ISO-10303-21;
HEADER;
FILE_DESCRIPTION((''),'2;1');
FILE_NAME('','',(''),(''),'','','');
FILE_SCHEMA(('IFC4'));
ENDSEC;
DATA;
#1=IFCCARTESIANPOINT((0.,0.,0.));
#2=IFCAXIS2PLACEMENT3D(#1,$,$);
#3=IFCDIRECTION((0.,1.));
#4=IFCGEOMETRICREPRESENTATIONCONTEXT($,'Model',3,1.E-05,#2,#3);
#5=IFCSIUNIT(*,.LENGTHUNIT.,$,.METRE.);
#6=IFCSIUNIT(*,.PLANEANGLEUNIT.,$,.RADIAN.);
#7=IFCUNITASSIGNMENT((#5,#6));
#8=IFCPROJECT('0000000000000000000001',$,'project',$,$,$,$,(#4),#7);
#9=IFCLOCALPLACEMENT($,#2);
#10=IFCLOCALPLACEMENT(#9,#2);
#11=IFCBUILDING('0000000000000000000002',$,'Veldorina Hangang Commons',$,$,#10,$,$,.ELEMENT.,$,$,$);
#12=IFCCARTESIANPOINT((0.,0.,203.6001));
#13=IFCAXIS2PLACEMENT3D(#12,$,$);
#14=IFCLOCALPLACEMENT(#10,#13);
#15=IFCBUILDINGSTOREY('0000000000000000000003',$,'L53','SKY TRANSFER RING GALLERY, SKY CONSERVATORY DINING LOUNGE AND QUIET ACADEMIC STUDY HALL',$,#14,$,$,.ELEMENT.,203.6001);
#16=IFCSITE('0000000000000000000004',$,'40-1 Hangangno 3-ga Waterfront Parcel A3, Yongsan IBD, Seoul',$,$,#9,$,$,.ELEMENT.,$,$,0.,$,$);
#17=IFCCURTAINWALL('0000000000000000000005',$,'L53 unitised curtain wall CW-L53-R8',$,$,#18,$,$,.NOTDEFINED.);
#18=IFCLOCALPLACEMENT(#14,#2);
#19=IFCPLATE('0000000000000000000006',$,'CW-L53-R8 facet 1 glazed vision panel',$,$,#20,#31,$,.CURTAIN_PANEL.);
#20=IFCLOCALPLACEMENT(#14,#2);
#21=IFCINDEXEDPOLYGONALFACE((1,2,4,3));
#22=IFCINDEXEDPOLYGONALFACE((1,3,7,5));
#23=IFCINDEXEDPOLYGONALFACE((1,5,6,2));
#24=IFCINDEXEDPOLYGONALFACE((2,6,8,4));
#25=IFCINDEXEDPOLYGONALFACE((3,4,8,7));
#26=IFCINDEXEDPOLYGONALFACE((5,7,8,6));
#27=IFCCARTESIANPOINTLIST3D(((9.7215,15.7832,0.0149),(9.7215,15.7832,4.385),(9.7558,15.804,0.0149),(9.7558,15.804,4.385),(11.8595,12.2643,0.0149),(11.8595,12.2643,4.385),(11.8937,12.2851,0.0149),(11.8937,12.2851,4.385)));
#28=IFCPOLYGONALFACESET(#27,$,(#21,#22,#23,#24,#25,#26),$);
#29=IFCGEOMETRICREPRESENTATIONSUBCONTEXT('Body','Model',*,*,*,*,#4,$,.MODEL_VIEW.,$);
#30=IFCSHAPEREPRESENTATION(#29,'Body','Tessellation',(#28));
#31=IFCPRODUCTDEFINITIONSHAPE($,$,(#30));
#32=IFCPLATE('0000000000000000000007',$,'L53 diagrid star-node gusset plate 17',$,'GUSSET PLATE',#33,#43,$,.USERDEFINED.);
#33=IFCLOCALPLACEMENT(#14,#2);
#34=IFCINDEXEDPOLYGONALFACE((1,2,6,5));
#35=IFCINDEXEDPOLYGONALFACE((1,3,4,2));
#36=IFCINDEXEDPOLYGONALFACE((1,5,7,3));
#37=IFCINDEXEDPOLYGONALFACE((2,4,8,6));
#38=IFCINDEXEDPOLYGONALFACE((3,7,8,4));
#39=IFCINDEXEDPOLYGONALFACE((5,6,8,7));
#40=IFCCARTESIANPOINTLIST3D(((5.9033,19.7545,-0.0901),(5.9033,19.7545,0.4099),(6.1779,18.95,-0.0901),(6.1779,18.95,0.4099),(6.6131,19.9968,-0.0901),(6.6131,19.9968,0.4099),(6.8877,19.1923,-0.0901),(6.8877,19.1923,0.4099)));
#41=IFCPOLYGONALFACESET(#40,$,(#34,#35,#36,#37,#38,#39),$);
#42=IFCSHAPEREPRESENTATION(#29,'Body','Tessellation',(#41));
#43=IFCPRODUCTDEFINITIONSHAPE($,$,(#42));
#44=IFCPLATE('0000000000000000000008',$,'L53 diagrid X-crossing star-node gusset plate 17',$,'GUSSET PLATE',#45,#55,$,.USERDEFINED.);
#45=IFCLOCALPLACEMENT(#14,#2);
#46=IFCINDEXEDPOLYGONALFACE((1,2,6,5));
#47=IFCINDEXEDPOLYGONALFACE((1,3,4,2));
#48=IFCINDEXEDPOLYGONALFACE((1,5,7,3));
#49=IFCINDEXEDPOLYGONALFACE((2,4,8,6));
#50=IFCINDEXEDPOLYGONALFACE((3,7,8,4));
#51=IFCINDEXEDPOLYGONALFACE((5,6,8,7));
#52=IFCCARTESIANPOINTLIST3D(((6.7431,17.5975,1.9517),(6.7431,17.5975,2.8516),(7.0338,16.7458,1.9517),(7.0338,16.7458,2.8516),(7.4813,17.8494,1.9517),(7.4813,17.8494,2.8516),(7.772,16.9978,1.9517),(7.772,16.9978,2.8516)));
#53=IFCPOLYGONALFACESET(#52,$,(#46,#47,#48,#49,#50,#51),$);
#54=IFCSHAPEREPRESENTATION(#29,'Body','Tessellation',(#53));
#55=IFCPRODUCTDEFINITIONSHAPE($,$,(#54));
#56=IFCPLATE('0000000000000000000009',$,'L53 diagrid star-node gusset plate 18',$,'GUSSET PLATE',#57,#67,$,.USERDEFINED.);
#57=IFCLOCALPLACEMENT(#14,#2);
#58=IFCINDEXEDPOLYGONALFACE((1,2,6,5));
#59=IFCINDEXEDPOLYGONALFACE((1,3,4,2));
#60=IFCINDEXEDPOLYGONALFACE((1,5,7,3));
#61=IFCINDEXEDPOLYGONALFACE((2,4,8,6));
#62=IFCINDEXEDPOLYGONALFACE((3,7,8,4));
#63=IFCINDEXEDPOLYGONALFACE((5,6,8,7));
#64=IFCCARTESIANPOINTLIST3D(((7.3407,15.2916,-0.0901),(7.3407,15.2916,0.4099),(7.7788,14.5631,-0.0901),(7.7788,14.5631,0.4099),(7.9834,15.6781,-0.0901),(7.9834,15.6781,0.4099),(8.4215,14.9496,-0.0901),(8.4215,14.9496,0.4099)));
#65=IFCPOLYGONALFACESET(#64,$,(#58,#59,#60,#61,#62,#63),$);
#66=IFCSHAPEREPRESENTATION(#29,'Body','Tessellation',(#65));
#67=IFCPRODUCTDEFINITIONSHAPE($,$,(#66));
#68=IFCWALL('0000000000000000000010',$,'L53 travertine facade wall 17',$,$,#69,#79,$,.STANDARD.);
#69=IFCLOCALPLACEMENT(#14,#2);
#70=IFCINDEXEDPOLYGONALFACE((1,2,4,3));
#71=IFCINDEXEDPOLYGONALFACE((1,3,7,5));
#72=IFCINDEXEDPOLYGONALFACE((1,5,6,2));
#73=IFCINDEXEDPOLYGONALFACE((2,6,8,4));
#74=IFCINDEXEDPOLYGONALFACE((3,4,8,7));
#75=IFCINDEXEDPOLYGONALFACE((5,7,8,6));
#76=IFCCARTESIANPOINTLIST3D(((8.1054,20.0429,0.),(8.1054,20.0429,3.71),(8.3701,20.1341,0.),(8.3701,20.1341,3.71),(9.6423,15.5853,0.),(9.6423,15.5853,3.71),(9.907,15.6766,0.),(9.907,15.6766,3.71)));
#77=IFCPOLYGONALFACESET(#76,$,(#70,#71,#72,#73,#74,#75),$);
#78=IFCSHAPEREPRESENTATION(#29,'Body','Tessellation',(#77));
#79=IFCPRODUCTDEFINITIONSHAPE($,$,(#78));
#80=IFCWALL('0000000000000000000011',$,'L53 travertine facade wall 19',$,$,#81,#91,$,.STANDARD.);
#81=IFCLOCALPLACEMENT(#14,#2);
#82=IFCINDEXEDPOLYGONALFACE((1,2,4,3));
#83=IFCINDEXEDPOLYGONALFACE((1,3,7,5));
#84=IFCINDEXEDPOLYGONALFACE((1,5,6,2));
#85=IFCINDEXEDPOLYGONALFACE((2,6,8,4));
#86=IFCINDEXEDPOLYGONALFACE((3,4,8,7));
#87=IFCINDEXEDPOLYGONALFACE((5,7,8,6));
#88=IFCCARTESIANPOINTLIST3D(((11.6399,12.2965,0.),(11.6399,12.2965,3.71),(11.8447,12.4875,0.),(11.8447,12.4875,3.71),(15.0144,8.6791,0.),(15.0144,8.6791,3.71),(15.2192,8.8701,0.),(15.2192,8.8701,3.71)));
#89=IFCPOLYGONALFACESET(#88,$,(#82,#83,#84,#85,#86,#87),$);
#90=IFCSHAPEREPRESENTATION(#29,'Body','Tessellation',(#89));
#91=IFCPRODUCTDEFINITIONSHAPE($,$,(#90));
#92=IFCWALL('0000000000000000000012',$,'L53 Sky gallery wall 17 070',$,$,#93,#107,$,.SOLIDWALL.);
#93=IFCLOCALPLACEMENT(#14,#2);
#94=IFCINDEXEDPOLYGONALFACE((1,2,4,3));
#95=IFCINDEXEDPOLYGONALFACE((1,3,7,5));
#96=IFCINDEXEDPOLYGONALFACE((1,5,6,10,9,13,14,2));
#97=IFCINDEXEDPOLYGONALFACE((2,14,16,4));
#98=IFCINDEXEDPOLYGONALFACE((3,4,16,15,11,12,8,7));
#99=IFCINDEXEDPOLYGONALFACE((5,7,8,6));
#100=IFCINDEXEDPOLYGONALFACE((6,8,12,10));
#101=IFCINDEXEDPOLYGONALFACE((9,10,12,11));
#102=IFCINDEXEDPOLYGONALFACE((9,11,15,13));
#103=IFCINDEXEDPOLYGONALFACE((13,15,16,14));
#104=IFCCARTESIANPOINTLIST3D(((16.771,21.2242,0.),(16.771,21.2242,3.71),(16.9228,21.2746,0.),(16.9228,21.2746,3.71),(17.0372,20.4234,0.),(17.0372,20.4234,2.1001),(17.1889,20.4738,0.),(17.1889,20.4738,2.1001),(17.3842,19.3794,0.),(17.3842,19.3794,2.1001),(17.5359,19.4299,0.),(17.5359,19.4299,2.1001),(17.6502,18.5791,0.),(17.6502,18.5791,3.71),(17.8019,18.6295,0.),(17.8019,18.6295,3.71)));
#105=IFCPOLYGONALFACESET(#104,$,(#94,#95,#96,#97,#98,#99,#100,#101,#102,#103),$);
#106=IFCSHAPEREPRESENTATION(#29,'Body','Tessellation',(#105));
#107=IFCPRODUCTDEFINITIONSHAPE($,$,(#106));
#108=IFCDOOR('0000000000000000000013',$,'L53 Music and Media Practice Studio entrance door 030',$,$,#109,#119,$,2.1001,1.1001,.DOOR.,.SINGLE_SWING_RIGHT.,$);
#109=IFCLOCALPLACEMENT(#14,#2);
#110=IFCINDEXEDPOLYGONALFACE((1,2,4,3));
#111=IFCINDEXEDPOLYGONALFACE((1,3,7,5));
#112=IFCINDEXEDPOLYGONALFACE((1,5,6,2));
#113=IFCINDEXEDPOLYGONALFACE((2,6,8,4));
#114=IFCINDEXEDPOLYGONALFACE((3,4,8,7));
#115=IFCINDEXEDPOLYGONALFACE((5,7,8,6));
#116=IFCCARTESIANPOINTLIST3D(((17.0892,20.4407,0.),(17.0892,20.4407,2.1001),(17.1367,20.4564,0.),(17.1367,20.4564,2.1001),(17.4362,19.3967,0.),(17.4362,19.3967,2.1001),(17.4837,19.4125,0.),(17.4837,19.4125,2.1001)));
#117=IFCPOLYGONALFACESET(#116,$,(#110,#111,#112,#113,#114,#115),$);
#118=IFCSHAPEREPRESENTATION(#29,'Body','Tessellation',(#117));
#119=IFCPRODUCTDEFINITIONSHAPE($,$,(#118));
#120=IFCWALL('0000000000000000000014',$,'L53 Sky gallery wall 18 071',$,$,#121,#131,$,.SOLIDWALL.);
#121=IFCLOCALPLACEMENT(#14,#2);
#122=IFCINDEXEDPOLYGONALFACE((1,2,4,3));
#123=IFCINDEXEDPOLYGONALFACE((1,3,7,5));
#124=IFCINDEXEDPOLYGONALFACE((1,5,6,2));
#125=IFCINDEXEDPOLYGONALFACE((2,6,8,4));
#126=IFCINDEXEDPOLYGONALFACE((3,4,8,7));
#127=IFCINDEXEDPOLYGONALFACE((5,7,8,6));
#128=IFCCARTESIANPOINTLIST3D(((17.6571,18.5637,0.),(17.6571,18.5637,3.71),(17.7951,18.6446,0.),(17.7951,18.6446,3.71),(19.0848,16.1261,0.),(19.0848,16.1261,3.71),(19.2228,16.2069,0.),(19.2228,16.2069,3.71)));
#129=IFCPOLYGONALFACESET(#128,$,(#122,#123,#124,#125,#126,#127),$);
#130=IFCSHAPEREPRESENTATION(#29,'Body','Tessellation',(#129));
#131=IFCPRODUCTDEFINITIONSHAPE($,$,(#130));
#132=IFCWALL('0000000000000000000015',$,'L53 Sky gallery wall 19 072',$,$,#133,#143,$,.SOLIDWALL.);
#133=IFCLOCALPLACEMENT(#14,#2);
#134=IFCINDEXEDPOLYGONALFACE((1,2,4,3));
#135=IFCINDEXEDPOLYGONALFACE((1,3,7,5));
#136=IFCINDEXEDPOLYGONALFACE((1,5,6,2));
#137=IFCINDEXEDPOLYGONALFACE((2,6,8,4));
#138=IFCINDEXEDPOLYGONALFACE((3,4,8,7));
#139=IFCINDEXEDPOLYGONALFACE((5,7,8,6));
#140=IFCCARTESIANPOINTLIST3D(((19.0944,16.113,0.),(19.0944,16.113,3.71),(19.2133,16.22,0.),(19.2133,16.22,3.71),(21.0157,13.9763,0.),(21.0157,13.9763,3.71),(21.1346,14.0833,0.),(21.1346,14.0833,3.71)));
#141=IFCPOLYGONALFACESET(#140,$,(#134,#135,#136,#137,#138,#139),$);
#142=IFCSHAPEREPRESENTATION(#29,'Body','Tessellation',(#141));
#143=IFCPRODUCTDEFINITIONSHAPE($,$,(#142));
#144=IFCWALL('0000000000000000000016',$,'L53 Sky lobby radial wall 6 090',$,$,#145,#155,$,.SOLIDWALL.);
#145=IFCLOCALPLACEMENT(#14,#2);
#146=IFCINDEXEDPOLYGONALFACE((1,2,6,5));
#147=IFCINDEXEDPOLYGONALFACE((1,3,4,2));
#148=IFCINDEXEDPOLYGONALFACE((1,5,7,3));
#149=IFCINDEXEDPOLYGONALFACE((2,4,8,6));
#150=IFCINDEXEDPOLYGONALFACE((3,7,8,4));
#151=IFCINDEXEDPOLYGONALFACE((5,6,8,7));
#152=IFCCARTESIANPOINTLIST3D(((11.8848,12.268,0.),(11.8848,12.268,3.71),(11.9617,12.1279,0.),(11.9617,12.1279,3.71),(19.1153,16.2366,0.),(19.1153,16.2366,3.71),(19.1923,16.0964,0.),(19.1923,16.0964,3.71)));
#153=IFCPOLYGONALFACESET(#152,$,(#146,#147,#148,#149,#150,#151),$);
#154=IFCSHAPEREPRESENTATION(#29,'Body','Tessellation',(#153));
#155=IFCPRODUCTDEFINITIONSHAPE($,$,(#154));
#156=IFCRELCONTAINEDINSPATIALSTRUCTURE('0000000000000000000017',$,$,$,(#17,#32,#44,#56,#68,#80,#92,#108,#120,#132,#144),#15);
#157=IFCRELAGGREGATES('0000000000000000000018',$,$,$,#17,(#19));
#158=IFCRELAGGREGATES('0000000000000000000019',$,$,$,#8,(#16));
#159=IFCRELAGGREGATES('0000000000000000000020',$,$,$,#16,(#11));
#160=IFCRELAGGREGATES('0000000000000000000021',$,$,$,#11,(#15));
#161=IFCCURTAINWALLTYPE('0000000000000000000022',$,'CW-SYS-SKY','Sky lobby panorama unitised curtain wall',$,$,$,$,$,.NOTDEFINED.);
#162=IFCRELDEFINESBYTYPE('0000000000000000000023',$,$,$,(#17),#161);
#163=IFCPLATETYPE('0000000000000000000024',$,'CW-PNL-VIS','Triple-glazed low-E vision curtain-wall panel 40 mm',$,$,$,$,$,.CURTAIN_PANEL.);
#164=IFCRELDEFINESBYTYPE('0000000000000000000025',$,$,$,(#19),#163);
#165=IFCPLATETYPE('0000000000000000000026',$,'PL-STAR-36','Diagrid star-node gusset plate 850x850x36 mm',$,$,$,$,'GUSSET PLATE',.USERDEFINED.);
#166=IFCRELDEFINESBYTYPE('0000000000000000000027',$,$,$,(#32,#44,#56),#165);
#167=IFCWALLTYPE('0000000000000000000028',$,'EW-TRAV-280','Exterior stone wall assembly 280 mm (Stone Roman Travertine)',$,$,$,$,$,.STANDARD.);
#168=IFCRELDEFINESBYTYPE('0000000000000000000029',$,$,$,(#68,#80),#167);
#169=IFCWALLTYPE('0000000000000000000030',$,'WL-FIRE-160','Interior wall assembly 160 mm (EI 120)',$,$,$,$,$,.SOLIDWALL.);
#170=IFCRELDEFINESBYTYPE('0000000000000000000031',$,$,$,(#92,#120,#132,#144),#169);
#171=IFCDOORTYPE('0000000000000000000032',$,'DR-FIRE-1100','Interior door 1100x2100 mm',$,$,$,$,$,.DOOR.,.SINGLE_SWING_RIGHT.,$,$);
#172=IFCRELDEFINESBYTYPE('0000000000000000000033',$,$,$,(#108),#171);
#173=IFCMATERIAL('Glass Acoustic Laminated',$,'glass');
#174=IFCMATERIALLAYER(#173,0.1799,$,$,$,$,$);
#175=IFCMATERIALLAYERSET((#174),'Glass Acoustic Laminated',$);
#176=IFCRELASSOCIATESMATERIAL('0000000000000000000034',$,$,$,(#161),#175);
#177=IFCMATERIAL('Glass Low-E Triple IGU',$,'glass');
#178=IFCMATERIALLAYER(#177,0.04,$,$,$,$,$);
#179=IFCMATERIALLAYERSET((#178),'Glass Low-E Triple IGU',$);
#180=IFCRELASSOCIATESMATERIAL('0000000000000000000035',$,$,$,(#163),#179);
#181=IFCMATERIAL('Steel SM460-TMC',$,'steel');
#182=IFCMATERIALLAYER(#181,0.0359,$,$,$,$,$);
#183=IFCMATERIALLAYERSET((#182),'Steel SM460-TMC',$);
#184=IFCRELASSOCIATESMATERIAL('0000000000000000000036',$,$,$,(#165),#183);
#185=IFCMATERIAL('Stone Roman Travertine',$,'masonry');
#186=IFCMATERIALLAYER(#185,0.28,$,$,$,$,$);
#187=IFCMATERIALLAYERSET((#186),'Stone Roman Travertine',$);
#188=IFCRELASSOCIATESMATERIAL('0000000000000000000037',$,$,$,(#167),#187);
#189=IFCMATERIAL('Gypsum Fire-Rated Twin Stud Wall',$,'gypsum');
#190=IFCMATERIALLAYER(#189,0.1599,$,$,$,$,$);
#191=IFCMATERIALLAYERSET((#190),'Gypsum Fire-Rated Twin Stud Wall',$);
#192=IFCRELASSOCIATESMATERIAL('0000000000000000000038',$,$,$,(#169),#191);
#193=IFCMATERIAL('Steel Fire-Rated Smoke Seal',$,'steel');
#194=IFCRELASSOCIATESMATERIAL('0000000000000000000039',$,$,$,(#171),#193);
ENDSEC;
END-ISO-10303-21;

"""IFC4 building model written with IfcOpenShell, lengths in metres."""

from ifc_helpers import new_model, si_unit, direction, frame, frame_2d, origin, origin_2d, place, context, subcontext, project, spatial, rectangle, extrude, material, layer, layer_set, type_object, element, fill, aggregate, save


model = new_model("IFC4")

# Units and contexts
model_context = context("Model", 3, precision=1e-05, world=origin(), true_north=direction((0.0, 1.0)))
body_context = subcontext(model_context, "Body", "Model", "MODEL_VIEW")
ifc_project = project(units=[si_unit("LENGTHUNIT", "METRE"), si_unit("PLANEANGLEUNIT", "RADIAN")], contexts=[model_context])

# Site, building, storey
site_placement = place(None, origin())
site = spatial("IfcSite", under=ifc_project, at=site_placement, Name="40-1 Hangangno 3-ga Waterfront Parcel A3, Yongsan IBD, Seoul", CompositionType="ELEMENT", RefElevation=0.0)
building_placement = place(site_placement, origin())
building = spatial("IfcBuilding", under=site, at=building_placement, Name="Veldorina Hangang Commons", CompositionType="ELEMENT")
storey_placement = place(building_placement, frame((0.0, 0.0, 203.6001)))
storey = spatial("IfcBuildingStorey", under=building, at=storey_placement, Name="L53", Description="SKY TRANSFER RING GALLERY, SKY CONSERVATORY DINING LOUNGE AND QUIET ACADEMIC STUDY HALL", CompositionType="ELEMENT", Elevation=203.6001)

# Shared definitions
ifc_material_1 = material(Name="Glass Acoustic Laminated", Category="glass")
ifc_layer_1 = layer(ifc_material_1, 0.1799)
ifc_layer_set_1 = layer_set([ifc_layer_1], Name="Glass Acoustic Laminated")
curtain_wall_type = type_object("IfcCurtainWallType", Name="CW-SYS-SKY", Description="Sky lobby panorama unitised curtain wall", PredefinedType="NOTDEFINED", material=ifc_layer_set_1)

# Curtain wall
curtain_wall_1_placement = place(storey_placement, origin())
curtain_wall_1 = element("IfcCurtainWall", 1, at=curtain_wall_1_placement, inside=storey, type_object=curtain_wall_type, Name="L53 unitised curtain wall CW-L53-R8", PredefinedType="NOTDEFINED")

# Shared definitions
ifc_material_2 = material(Name="Steel SM460-TMC", Category="steel")

# Plate
ifc_material_3 = material(Name="Glass Low-E Triple IGU", Category="glass")
ifc_layer_2 = layer(ifc_material_3, 0.04)
ifc_layer_set_2 = layer_set([ifc_layer_2], Name="Glass Low-E Triple IGU")
plate_type_1 = type_object("IfcPlateType", Name="CW-PNL-VIS", Description="Triple-glazed low-E vision curtain-wall panel 40 mm", PredefinedType="CURTAIN_PANEL", material=ifc_layer_set_2)
plate_1_placement = place(storey_placement, frame((10.8076, 14.0342, 0.0149), z_axis=(0.0, 0.0, 1.0), x_axis=(0.519236, -0.854631, 0.0)))
plate_1 = element("IfcPlate", 2, at=plate_1_placement, type_object=plate_type_1, Name="CW-L53-R8 facet 1 glazed vision panel", PredefinedType="CURTAIN_PANEL", context=body_context, shape_type="SweptSolid", body=[
    extrude(rectangle(XDim=4.1174, YDim=0.04, at=origin_2d()), origin(), (0.0, 0.0, 1.0), 4.3701),
])
aggregate(curtain_wall_1, [plate_1])

# Plates
ifc_layer_3 = layer(ifc_material_2, 0.0359)
ifc_layer_set_3 = layer_set([ifc_layer_3], Name="Steel SM460-TMC")
plate_type_2 = type_object("IfcPlateType", Name="PL-STAR-36", Description="Diagrid star-node gusset plate 850x850x36 mm", ElementType="GUSSET PLATE", PredefinedType="USERDEFINED", material=ifc_layer_set_3)
plate_2_placement = place(storey_placement, frame((6.3955, 19.4734, -0.0901), z_axis=(0.0, 0.0, 1.0), x_axis=(0.323009, -0.946396, 0.0)))
element("IfcPlate", 3, at=plate_2_placement, inside=storey, type_object=plate_type_2, Name="L53 diagrid star-node gusset plate 17", ObjectType="GUSSET PLATE", PredefinedType="USERDEFINED", context=body_context, shape_type="SweptSolid", body=[
    extrude(rectangle(XDim=0.8501, YDim=0.75, at=origin_2d()), origin(), (0.0, 0.0, 1.0), 0.5),
])
plate_3_placement = place(storey_placement, frame((7.2576, 17.2976, 1.9517), z_axis=(0.0, 0.0, 1.0), x_axis=(0.323009, -0.946396, 0.0)))
element("IfcPlate", 4, at=plate_3_placement, inside=storey, type_object=plate_type_2, Name="L53 diagrid X-crossing star-node gusset plate 17", ObjectType="GUSSET PLATE", PredefinedType="USERDEFINED", context=body_context, shape_type="SweptSolid", body=[
    extrude(rectangle(XDim=0.8999, YDim=0.78, at=origin_2d()), origin(), (0.0, 0.0, 1.0), 0.8999),
])
plate_4_placement = place(storey_placement, frame((7.8811, 15.1206, -0.0901), z_axis=(0.0, 0.0, 1.0), x_axis=(0.515382, -0.85696, 0.0)))
element("IfcPlate", 5, at=plate_4_placement, inside=storey, type_object=plate_type_2, Name="L53 diagrid star-node gusset plate 18", ObjectType="GUSSET PLATE", PredefinedType="USERDEFINED", context=body_context, shape_type="SweptSolid", body=[
    extrude(rectangle(XDim=0.8501, YDim=0.75, at=origin_2d()), origin(), (0.0, 0.0, 1.0), 0.5),
])

# Walls
ifc_material_4 = material(Name="Stone Roman Travertine", Category="masonry")
ifc_layer_4 = layer(ifc_material_4, 0.28)
ifc_layer_set_4 = layer_set([ifc_layer_4], Name="Stone Roman Travertine")
wall_type_1 = type_object("IfcWallType", Name="EW-TRAV-280", Description="Exterior stone wall assembly 280 mm (Stone Roman Travertine)", PredefinedType="STANDARD", material=ifc_layer_set_4)
wall_1_placement = place(storey_placement, frame((8.2378, 20.0884, 0.0), z_axis=(0.0, 0.0, 1.0), x_axis=(0.325951, -0.945387, 0.0)))
element("IfcWall", 6, at=wall_1_placement, inside=storey, type_object=wall_type_1, Name="L53 travertine facade wall 17", PredefinedType="STANDARD", context=body_context, shape_type="SweptSolid", body=[
    extrude(rectangle(XDim=4.7151, YDim=0.28, at=frame_2d((2.3574, 0.0))), origin(), (0.0, 0.0, 1.0), 3.71),
])
wall_2_placement = place(storey_placement, frame((11.7422, 12.3921, 0.0), z_axis=(0.0, 0.0, 1.0), x_axis=(0.682128, -0.731232, 0.0)))
element("IfcWall", 7, at=wall_2_placement, inside=storey, type_object=wall_type_1, Name="L53 travertine facade wall 19", PredefinedType="STANDARD", context=body_context, shape_type="SweptSolid", body=[
    extrude(rectangle(XDim=4.947, YDim=0.28, at=frame_2d((2.4736, 0.0))), origin(), (0.0, 0.0, 1.0), 3.71),
])

# Wall, opening, door
ifc_material_5 = material(Name="Gypsum Fire-Rated Twin Stud Wall", Category="gypsum")
ifc_layer_5 = layer(ifc_material_5, 0.1599)
ifc_layer_set_5 = layer_set([ifc_layer_5], Name="Gypsum Fire-Rated Twin Stud Wall")
wall_type_2 = type_object("IfcWallType", Name="WL-FIRE-160", Description="Interior wall assembly 160 mm (EI 120)", PredefinedType="SOLIDWALL", material=ifc_layer_set_5)
wall_3_placement = place(storey_placement, frame((16.8469, 21.2493, 0.0), z_axis=(0.0, 0.0, 1.0), x_axis=(0.315413, -0.948954, 0.0)))
wall_3 = element("IfcWall", 8, at=wall_3_placement, inside=storey, type_object=wall_type_2, Name="L53 Sky gallery wall 17 070", PredefinedType="SOLIDWALL", context=body_context, shape_type="SweptSolid", body=[
    extrude(rectangle(XDim=2.7874, YDim=0.1599, at=frame_2d((1.3936, 0.0))), origin(), (0.0, 0.0, 1.0), 3.71),
])
opening_1_placement = place(wall_3_placement, frame((0.8438, 0.0, 0.0)))
opening_1 = element("IfcOpeningElement", 9, at=opening_1_placement, cuts=wall_3, PredefinedType="OPENING", context=body_context, shape_type="SweptSolid", body=[
    extrude(rectangle(XDim=1.1001, YDim=2.1001, at=frame_2d((0.55, 1.05))), frame((0.0, 0.0898, 0.0), z_axis=(0.0, -1.0, 0.0), x_axis=(1.0, 0.0, 0.0)), (0.0, 0.0, 1.0), 0.1799),
])
ifc_material_6 = material(Name="Steel Fire-Rated Smoke Seal", Category="steel")
door_type = type_object("IfcDoorType", Name="DR-FIRE-1100", Description="Interior door 1100x2100 mm", OperationType="SINGLE_SWING_RIGHT", PredefinedType="DOOR", material=ifc_material_6)
door_1_placement = place(opening_1_placement, origin())
door_1 = element("IfcDoor", 10, at=door_1_placement, inside=storey, type_object=door_type, Name="L53 Music and Media Practice Studio entrance door 030", OperationType="SINGLE_SWING_RIGHT", OverallHeight=2.1001, OverallWidth=1.1001, PredefinedType="DOOR", context=body_context, shape_type="SweptSolid", body=[
    extrude(rectangle(XDim=1.1001, YDim=2.1001, at=frame_2d((0.55, 1.05))), frame((0.0, 0.0249, 0.0), z_axis=(0.0, -1.0, 0.0), x_axis=(1.0, 0.0, 0.0)), (0.0, 0.0, 1.0), 0.05),
])
fill(opening_1, door_1)

# Walls
wall_4_placement = place(storey_placement, frame((17.7261, 18.6042, 0.0), z_axis=(0.0, 0.0, 1.0), x_axis=(0.50538, -0.862897, 0.0)))
element("IfcWall", 11, at=wall_4_placement, inside=storey, type_object=wall_type_2, Name="L53 Sky gallery wall 18 071", PredefinedType="SOLIDWALL", context=body_context, shape_type="SweptSolid", body=[
    extrude(rectangle(XDim=2.825, YDim=0.1599, at=frame_2d((1.4126, 0.0))), origin(), (0.0, 0.0, 1.0), 3.71),
])
wall_5_placement = place(storey_placement, frame((19.1538, 16.1665, 0.0), z_axis=(0.0, 0.0, 1.0), x_axis=(0.668645, -0.743581, 0.0)))
element("IfcWall", 12, at=wall_5_placement, inside=storey, type_object=wall_type_2, Name="L53 Sky gallery wall 19 072", PredefinedType="SOLIDWALL", context=body_context, shape_type="SweptSolid", body=[
    extrude(rectangle(XDim=2.8735, YDim=0.1599, at=frame_2d((1.4368, 0.0))), origin(), (0.0, 0.0, 1.0), 3.71),
])
wall_6_placement = place(storey_placement, frame((19.1538, 16.1665, 0.0), z_axis=(0.0, 0.0, 1.0), x_axis=(-0.876638, -0.48115, 0.0)))
element("IfcWall", 13, at=wall_6_placement, inside=storey, type_object=wall_type_2, Name="L53 Sky lobby radial wall 6 090", PredefinedType="SOLIDWALL", context=body_context, shape_type="SweptSolid", body=[
    extrude(rectangle(XDim=8.248, YDim=0.1599, at=frame_2d((4.124, 0.0))), origin(), (0.0, 0.0, 1.0), 3.71),
])

save(model, "model.ifc")
